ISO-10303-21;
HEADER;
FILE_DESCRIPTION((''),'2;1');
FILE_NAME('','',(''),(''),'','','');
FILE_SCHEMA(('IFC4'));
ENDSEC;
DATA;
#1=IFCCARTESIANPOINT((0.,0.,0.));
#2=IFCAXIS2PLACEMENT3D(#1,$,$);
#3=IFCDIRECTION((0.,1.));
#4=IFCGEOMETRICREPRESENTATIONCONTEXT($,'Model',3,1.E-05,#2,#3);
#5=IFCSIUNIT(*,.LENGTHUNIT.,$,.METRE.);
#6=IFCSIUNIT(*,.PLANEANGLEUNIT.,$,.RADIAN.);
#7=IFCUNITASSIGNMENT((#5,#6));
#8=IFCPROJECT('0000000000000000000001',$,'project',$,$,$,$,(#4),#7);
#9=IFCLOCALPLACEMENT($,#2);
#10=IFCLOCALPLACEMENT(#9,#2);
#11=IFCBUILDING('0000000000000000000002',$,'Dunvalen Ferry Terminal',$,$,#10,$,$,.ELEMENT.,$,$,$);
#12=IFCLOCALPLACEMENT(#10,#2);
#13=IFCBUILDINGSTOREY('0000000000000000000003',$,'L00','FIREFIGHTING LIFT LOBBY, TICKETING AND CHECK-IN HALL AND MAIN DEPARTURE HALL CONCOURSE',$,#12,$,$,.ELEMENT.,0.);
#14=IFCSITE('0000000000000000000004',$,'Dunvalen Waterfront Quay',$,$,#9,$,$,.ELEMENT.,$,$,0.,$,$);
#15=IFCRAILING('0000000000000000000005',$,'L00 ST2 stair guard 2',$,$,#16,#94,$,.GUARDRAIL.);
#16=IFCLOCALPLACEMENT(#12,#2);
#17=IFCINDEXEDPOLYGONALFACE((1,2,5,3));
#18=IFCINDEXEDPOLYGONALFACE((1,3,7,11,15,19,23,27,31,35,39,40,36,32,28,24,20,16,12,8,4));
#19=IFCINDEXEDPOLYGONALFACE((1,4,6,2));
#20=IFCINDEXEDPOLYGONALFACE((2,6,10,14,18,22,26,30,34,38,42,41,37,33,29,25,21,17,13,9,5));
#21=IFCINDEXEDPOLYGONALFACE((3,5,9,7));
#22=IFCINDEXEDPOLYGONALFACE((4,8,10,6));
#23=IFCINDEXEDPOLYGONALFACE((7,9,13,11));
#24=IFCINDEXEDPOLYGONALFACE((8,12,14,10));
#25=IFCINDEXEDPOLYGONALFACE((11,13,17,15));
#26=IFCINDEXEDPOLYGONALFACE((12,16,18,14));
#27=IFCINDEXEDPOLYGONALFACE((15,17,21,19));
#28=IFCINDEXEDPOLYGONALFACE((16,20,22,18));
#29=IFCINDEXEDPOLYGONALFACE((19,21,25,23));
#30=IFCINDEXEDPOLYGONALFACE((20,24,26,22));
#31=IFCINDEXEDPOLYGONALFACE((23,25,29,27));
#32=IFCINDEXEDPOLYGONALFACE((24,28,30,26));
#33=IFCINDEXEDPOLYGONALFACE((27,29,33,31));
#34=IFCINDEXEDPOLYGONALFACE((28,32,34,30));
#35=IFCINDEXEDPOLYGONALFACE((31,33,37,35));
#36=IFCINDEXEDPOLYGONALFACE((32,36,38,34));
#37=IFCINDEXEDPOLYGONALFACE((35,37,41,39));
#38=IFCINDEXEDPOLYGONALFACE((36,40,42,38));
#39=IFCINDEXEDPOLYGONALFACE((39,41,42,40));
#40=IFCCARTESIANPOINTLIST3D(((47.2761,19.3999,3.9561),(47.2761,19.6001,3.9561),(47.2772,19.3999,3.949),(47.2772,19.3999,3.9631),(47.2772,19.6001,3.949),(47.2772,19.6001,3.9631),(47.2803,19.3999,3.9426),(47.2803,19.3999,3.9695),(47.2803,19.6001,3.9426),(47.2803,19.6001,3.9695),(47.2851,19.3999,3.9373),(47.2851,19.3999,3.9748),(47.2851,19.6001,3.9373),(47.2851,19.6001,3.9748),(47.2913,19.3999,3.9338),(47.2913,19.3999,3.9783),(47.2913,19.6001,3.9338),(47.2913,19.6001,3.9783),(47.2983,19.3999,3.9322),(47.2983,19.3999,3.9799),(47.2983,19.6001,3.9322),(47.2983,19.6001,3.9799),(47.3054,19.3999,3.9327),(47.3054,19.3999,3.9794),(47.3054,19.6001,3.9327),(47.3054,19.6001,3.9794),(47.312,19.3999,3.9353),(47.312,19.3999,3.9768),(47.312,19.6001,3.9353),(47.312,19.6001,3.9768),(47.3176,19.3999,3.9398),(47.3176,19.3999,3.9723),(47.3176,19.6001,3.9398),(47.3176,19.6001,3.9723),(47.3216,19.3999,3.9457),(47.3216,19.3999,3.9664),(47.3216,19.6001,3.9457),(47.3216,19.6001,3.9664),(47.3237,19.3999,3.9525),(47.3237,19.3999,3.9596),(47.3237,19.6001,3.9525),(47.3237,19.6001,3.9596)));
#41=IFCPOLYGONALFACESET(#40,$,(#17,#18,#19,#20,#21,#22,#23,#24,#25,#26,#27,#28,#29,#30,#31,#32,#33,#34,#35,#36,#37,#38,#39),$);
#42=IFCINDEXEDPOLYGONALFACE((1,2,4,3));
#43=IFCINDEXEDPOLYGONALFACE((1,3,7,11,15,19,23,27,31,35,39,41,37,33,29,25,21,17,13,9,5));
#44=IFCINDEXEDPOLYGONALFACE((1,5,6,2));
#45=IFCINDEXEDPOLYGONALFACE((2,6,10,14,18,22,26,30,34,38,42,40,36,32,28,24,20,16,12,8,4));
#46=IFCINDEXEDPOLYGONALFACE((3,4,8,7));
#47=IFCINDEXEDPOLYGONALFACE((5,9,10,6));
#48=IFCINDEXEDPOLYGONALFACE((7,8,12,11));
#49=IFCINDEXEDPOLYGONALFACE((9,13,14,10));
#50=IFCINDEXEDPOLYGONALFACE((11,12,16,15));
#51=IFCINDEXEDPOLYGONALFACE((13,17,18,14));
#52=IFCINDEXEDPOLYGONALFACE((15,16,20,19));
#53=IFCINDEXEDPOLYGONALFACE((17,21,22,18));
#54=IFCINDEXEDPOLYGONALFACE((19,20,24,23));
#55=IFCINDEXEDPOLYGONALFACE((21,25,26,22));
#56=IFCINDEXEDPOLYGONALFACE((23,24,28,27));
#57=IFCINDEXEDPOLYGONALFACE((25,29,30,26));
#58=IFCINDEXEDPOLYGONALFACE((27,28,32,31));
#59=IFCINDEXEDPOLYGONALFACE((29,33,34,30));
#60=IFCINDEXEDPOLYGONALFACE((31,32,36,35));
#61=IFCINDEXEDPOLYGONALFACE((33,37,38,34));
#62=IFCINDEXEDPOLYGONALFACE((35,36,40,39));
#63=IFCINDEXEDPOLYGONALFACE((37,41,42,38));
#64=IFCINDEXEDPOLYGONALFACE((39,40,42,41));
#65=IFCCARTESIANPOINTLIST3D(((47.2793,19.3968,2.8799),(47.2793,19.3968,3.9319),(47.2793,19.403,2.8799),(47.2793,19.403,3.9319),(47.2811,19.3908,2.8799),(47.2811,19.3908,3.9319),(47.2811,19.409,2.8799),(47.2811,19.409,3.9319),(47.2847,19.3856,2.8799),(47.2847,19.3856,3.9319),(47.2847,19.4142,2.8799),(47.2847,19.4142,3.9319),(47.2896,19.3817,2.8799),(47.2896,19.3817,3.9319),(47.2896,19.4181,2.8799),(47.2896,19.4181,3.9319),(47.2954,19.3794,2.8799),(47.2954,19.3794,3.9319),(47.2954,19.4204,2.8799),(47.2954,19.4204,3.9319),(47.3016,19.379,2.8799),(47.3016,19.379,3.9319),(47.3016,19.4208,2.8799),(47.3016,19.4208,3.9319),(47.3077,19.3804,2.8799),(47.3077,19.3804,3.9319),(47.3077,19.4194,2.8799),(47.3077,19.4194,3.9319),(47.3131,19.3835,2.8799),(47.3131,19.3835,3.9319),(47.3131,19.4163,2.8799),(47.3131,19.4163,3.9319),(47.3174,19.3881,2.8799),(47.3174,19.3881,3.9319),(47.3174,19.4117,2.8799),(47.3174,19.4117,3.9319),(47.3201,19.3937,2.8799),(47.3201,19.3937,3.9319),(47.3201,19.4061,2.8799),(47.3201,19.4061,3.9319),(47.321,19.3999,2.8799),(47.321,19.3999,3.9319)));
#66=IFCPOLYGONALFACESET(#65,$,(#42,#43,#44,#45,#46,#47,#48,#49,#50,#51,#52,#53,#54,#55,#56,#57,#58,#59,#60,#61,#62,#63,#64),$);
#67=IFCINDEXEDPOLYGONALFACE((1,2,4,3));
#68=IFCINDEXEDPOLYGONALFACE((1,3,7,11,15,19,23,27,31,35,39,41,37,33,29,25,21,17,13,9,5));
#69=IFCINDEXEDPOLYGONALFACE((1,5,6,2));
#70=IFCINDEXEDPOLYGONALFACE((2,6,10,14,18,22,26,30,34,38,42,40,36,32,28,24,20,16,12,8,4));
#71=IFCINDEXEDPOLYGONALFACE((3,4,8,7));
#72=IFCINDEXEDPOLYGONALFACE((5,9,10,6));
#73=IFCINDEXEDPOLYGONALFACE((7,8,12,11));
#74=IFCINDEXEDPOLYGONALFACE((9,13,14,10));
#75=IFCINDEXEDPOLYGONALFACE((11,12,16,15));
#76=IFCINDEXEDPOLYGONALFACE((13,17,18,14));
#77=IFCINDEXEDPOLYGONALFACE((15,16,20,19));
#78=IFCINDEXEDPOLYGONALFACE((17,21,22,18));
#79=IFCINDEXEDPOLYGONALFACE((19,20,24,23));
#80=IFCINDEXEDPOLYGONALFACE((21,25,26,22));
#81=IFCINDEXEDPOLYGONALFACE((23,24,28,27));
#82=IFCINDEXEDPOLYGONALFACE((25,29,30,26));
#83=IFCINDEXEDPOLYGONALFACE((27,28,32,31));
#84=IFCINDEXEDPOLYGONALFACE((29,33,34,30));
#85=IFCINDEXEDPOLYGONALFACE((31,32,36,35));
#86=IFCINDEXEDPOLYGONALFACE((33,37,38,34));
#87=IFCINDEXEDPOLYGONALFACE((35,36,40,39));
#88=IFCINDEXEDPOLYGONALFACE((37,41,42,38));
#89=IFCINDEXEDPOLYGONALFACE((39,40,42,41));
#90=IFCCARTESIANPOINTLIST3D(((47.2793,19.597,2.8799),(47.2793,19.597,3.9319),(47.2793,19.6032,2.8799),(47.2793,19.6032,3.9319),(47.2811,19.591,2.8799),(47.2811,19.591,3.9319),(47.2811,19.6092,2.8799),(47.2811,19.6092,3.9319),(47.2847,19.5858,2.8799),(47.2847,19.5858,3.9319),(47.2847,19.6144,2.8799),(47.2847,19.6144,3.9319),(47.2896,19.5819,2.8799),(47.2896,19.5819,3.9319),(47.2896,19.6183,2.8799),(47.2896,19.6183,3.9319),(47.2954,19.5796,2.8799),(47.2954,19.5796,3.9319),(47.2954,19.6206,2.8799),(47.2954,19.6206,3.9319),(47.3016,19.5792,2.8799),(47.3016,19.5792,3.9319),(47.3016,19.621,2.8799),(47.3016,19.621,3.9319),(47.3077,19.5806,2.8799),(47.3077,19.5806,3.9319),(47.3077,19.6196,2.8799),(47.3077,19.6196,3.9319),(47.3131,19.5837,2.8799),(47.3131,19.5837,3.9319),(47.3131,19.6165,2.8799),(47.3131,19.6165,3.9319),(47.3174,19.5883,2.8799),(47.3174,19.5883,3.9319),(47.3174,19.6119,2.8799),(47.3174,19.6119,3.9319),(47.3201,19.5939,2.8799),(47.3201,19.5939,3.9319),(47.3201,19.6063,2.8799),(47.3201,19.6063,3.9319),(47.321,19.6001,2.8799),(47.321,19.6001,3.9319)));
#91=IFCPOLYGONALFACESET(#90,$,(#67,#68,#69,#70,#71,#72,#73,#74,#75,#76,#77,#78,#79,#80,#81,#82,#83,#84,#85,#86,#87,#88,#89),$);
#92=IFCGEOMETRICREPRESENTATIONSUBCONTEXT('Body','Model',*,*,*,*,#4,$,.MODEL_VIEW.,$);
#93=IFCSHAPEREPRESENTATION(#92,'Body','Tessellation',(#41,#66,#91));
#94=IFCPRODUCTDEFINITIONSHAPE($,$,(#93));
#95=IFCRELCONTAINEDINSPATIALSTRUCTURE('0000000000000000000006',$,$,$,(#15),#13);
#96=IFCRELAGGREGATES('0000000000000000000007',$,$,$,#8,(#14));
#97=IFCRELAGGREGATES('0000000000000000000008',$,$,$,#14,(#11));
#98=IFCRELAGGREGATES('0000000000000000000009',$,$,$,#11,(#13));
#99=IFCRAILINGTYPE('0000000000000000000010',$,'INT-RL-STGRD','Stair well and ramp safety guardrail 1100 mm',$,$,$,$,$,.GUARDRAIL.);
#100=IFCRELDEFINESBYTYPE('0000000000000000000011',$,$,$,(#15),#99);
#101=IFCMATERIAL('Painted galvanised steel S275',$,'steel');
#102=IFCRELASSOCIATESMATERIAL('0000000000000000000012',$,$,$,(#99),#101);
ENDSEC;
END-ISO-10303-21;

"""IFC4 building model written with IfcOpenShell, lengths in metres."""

from ifc_helpers import new_model, si_unit, direction, frame, origin, origin_2d, place, context, subcontext, project, spatial, circle, extrude, material, type_object, element, save


model = new_model("IFC4")

# Units and contexts
model_context = context("Model", 3, precision=1e-05, world=origin(), true_north=direction((0.0, 1.0)))
body_context = subcontext(model_context, "Body", "Model", "MODEL_VIEW")
ifc_project = project(units=[si_unit("LENGTHUNIT", "METRE"), si_unit("PLANEANGLEUNIT", "RADIAN")], contexts=[model_context])

# Site, building, storey
site_placement = place(None, origin())
site = spatial("IfcSite", under=ifc_project, at=site_placement, Name="Dunvalen Waterfront Quay", CompositionType="ELEMENT", RefElevation=0.0)
building_placement = place(site_placement, origin())
building = spatial("IfcBuilding", under=site, at=building_placement, Name="Dunvalen Ferry Terminal", CompositionType="ELEMENT")
storey_placement = place(building_placement, origin())
storey = spatial("IfcBuildingStorey", under=building, at=storey_placement, Name="L00", Description="FIREFIGHTING LIFT LOBBY, TICKETING AND CHECK-IN HALL AND MAIN DEPARTURE HALL CONCOURSE", CompositionType="ELEMENT", Elevation=0.0)

# Railing
ifc_material_1 = material(Name="Painted galvanised steel S275", Category="steel")
railing_type_1 = type_object("IfcRailingType", Name="INT-RL-STGRD", Description="Stair well and ramp safety guardrail 1100 mm", PredefinedType="GUARDRAIL", material=ifc_material_1)
railing_1_placement = place(storey_placement, frame((47.3, 19.3999, 2.8799)))
element("IfcRailing", 1, at=railing_1_placement, inside=storey, type_object=railing_type_1, Name="L00 ST2 stair guard 2", PredefinedType="GUARDRAIL", context=body_context, shape_type="SweptSolid", body=[
    extrude(circle(Radius=0.0239, at=origin_2d()), frame((0.0, 0.0, 1.0762), z_axis=(0.0, 1.0, 0.0), x_axis=(-1.0, 0.0, 0.0)), (0.0, 0.0, 1.0), 0.2002),
    extrude(circle(Radius=0.021, at=origin_2d()), origin(), (0.0, 0.0, 1.0), 1.052),
    extrude(circle(Radius=0.021, at=origin_2d()), frame((0.0, 0.2002, 0.0)), (0.0, 0.0, 1.0), 1.052),
])

save(model, "model.ifc")
